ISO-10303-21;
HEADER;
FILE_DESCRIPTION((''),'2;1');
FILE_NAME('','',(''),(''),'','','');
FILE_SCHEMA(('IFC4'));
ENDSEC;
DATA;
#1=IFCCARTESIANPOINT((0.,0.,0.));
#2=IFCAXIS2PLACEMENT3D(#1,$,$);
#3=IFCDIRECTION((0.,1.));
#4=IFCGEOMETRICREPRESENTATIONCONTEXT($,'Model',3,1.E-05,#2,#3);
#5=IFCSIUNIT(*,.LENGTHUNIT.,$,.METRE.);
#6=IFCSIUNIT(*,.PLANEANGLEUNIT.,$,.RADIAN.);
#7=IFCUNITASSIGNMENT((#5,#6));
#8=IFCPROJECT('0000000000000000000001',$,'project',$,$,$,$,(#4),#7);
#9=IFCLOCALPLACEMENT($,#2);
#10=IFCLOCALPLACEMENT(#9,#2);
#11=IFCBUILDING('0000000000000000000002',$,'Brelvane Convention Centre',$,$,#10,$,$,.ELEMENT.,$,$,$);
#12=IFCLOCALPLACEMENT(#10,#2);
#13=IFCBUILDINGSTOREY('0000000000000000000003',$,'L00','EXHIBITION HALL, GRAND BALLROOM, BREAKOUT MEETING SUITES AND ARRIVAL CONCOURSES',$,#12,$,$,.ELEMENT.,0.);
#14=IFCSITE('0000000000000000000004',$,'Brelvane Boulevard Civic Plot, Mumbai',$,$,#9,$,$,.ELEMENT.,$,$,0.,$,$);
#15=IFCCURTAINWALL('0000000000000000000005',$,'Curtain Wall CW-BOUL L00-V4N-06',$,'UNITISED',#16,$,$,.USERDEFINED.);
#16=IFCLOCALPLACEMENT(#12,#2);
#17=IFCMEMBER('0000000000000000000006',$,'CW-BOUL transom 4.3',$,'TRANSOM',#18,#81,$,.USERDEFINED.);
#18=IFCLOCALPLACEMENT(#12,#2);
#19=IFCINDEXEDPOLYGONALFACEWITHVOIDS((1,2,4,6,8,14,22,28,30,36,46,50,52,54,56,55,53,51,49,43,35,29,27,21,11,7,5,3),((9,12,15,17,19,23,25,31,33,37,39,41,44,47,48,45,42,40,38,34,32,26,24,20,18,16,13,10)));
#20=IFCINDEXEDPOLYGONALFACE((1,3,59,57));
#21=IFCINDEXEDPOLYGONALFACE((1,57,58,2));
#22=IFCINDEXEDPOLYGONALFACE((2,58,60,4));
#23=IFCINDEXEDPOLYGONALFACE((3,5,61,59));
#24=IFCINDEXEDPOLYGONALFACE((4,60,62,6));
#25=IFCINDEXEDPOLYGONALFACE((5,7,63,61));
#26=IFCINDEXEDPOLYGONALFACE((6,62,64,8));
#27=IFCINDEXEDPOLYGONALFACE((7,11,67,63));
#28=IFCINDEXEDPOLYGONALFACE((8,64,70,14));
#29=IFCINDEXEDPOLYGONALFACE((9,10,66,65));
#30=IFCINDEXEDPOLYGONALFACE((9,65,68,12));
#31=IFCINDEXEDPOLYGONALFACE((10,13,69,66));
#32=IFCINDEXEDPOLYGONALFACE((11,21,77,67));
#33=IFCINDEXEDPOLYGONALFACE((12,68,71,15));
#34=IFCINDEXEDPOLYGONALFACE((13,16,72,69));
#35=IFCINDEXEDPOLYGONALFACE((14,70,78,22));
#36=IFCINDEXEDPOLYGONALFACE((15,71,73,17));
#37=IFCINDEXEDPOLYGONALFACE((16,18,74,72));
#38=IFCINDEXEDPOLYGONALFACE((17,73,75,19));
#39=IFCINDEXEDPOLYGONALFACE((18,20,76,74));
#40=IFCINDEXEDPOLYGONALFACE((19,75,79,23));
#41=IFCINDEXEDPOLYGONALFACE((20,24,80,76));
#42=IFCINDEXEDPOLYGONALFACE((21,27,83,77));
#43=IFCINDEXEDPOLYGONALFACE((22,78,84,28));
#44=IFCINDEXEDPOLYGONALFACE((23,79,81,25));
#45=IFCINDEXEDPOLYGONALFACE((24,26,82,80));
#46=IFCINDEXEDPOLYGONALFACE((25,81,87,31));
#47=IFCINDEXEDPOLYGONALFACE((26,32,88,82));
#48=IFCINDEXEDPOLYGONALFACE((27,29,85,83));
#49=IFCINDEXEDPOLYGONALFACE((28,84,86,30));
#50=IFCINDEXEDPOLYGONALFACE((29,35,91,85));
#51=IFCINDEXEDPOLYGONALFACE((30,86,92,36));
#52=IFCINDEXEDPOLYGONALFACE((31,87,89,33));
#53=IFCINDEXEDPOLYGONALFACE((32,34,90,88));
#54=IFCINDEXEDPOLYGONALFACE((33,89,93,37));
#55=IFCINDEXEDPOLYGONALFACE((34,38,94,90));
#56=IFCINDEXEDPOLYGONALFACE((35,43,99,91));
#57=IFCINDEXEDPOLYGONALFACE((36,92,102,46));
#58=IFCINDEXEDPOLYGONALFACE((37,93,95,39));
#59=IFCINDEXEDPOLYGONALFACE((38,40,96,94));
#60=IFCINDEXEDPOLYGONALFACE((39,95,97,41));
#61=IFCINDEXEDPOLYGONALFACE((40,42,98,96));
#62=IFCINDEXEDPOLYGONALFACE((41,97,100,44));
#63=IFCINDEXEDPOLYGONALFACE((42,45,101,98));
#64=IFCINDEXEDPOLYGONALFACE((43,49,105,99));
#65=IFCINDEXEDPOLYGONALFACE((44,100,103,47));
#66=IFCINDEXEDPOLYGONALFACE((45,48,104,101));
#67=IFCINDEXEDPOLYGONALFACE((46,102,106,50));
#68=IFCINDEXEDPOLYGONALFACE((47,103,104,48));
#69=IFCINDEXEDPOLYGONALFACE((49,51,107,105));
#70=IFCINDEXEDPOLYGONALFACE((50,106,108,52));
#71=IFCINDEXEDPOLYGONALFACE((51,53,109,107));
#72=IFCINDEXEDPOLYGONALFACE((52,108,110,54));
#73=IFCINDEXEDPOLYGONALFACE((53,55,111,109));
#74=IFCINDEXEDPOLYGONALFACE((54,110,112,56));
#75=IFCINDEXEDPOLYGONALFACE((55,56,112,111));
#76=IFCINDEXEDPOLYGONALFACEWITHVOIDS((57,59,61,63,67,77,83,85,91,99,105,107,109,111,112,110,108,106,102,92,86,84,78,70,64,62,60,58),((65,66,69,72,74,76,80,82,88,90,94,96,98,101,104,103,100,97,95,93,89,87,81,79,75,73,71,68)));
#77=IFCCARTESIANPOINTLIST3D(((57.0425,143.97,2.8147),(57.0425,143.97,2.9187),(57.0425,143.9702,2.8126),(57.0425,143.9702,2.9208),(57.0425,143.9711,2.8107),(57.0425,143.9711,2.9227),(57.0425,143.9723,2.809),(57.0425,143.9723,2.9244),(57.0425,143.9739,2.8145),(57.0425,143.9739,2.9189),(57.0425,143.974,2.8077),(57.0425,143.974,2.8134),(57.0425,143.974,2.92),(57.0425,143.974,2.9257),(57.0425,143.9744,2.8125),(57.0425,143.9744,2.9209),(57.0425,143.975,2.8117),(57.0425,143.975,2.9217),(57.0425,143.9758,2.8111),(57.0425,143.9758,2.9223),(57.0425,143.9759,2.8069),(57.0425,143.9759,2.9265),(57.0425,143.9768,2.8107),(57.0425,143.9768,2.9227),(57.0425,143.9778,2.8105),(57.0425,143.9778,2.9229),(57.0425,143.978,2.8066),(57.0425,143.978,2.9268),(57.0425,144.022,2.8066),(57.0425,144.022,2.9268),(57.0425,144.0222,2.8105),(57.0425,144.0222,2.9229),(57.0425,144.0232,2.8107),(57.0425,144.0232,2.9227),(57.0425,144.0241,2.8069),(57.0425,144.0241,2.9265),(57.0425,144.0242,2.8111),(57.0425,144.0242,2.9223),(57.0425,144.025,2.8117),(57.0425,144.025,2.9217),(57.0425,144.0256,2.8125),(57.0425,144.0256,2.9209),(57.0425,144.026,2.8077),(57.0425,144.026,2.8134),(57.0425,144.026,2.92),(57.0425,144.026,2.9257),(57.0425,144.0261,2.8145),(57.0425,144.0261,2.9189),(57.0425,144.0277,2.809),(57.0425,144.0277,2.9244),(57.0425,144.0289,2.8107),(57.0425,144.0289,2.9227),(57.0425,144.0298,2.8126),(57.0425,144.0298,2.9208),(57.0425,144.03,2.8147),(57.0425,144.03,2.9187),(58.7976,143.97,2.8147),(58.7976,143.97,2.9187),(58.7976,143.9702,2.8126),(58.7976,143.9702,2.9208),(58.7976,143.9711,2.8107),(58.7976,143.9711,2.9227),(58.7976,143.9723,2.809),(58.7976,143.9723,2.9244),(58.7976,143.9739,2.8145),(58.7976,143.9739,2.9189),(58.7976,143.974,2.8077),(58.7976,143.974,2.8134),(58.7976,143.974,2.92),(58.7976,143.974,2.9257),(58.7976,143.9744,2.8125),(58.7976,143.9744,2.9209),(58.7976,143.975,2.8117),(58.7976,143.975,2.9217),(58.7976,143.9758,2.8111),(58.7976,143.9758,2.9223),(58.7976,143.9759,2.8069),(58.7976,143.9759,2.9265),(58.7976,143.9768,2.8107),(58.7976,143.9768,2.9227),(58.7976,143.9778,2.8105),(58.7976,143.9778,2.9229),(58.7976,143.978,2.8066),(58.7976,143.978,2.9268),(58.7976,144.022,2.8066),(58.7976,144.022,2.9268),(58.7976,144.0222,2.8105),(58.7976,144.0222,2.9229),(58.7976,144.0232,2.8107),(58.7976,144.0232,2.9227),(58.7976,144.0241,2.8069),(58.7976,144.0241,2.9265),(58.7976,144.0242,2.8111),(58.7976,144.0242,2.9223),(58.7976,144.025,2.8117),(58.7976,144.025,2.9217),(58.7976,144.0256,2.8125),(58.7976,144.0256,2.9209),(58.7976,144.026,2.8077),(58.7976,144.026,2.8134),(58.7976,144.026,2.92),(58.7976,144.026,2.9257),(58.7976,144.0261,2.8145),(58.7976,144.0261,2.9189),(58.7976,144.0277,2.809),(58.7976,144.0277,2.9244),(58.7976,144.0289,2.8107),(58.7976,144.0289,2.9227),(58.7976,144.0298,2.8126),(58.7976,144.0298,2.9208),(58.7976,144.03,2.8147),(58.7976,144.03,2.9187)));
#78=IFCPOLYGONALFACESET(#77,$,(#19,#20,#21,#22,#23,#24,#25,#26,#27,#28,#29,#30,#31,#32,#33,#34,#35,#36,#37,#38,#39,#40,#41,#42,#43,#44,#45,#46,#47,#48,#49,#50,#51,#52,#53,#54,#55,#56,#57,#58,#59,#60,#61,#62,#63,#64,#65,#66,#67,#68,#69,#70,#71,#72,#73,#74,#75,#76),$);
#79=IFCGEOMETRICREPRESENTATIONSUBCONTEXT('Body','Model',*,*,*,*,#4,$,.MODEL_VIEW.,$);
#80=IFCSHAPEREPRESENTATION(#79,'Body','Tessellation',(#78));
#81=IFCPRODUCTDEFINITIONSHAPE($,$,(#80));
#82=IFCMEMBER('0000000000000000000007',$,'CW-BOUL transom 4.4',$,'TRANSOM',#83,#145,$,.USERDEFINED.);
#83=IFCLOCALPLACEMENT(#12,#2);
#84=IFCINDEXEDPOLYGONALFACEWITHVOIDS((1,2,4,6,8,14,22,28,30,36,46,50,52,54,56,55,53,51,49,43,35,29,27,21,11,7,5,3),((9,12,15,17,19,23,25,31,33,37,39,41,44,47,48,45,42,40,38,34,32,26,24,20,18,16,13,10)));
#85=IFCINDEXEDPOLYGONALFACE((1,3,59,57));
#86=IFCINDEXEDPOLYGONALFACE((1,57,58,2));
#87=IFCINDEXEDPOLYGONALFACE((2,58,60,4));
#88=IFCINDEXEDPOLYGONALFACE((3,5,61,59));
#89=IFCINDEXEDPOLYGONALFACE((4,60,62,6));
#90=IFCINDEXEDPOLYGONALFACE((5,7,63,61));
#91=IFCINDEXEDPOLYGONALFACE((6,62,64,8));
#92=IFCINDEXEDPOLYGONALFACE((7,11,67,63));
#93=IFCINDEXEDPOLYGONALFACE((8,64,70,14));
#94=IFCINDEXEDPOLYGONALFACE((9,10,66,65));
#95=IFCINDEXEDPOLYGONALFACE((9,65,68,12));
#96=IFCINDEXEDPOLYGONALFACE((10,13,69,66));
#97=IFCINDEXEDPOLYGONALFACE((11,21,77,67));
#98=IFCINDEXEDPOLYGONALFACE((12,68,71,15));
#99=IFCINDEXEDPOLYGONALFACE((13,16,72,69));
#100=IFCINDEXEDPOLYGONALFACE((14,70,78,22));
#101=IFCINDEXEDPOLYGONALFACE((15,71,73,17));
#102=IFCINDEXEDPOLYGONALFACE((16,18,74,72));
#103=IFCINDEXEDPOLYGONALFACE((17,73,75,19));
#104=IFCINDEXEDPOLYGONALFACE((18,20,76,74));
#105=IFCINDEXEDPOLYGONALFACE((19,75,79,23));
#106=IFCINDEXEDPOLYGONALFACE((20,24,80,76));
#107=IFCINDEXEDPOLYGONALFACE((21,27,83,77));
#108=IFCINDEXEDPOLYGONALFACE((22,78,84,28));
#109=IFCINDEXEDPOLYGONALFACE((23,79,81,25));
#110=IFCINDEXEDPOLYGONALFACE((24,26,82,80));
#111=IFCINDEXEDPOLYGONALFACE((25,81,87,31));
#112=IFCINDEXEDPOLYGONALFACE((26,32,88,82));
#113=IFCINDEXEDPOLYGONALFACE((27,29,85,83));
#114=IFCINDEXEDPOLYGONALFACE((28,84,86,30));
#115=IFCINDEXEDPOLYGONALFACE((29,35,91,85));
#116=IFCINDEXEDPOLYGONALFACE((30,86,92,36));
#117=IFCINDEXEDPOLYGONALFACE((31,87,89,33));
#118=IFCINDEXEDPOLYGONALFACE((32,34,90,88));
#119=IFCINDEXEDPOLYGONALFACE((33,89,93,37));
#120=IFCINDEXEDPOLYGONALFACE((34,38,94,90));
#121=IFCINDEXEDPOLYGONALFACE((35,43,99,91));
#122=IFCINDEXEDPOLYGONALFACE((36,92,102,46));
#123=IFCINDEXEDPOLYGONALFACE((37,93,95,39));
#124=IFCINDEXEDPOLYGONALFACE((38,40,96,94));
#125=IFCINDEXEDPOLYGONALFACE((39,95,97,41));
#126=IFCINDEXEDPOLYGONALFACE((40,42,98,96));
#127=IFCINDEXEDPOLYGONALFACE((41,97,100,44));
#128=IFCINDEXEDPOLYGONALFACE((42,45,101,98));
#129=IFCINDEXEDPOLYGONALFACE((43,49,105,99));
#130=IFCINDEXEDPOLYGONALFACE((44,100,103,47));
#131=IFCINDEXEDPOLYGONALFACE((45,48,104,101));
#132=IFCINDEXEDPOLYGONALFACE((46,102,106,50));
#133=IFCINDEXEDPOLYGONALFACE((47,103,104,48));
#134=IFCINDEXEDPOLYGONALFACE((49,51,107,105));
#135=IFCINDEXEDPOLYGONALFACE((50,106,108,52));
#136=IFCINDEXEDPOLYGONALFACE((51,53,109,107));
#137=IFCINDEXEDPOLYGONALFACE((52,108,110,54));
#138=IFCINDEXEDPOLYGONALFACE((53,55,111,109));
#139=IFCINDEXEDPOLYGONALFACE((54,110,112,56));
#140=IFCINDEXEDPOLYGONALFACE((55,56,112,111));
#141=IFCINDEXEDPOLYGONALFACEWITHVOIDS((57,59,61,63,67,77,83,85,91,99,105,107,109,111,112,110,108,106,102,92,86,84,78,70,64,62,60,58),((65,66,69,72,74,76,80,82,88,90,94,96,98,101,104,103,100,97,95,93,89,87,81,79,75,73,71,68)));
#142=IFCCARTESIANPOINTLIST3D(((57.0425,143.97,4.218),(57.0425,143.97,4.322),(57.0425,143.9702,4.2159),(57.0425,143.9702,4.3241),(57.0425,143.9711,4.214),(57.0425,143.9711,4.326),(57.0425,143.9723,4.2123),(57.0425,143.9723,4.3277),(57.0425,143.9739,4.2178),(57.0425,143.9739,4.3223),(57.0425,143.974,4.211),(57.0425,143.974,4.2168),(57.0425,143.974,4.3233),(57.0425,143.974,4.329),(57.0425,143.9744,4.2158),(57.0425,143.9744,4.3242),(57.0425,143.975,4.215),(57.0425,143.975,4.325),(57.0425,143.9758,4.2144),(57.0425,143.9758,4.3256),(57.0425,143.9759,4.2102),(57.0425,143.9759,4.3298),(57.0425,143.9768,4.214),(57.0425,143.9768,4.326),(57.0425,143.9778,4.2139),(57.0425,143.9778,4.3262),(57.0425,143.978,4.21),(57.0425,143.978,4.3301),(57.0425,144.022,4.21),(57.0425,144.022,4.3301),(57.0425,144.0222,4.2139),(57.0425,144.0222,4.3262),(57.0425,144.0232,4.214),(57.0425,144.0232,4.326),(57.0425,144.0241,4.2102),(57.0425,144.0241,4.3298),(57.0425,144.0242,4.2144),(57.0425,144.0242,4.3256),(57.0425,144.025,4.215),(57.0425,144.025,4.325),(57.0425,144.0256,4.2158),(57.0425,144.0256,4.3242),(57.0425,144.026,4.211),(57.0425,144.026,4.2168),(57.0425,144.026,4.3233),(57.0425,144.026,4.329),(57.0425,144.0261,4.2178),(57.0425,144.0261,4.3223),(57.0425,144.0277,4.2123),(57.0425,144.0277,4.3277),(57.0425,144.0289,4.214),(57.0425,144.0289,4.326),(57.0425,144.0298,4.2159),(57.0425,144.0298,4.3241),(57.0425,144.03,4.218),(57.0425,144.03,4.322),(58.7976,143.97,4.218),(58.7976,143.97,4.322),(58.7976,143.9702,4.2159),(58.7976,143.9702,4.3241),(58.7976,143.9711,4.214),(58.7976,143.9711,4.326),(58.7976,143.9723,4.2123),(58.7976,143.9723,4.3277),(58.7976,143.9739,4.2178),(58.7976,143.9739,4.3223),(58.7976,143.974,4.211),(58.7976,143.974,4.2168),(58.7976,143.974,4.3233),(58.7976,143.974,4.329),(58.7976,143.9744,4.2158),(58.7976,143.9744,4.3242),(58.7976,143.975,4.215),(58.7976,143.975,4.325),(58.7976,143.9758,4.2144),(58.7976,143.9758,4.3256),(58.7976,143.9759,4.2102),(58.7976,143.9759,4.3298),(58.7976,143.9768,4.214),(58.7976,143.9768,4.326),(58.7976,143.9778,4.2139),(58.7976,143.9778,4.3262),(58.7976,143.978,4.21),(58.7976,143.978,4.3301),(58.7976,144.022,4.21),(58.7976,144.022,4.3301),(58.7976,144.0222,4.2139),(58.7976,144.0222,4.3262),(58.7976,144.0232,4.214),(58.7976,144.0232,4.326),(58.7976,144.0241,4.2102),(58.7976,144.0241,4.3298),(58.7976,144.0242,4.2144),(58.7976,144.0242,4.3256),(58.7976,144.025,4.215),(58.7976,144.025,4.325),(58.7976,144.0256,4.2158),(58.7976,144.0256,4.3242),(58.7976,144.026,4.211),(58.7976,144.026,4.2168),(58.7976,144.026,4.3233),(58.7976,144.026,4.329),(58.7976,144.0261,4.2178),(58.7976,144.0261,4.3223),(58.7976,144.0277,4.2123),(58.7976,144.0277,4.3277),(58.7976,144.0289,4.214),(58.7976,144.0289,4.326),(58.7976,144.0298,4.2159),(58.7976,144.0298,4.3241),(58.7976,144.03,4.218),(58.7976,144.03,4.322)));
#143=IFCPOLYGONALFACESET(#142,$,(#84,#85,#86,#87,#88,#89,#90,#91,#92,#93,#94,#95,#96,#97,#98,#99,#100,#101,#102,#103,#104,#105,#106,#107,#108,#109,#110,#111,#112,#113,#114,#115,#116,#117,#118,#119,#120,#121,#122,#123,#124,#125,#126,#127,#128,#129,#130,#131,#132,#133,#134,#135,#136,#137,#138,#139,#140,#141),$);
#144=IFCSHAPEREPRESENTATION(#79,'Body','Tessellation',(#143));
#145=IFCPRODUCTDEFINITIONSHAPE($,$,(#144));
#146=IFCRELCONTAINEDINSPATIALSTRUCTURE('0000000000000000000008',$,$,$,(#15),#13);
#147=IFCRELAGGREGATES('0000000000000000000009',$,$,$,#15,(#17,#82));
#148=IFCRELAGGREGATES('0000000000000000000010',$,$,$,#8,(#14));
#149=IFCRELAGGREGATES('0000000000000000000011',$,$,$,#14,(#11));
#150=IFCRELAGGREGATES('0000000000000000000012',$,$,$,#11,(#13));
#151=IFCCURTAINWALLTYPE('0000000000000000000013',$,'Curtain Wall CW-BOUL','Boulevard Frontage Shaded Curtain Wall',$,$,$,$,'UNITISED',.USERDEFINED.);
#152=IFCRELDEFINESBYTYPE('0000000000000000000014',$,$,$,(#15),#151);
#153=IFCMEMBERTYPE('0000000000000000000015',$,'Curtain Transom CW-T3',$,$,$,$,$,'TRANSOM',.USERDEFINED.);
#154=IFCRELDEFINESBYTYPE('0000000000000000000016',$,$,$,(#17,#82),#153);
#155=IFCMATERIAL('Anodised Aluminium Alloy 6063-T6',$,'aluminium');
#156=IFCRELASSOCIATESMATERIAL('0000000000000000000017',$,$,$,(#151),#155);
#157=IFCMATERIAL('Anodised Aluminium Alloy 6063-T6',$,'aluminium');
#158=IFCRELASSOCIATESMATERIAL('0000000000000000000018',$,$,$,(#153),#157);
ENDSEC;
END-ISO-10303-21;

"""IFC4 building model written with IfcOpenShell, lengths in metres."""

from ifc_helpers import new_model, si_unit, direction, frame, origin, origin_2d, place, context, subcontext, project, spatial, hollow_rectangle, extrude, material, material_profile, profile_set, type_object, element, aggregate, save


model = new_model("IFC4")

# Units and contexts
model_context = context("Model", 3, precision=1e-05, world=origin(), true_north=direction((0.0, 1.0)))
body_context = subcontext(model_context, "Body", "Model", "MODEL_VIEW")
ifc_project = project(units=[si_unit("LENGTHUNIT", "METRE"), si_unit("PLANEANGLEUNIT", "RADIAN")], contexts=[model_context])

# Site, building, storey
site_placement = place(None, origin())
site = spatial("IfcSite", under=ifc_project, at=site_placement, Name="Brelvane Boulevard Civic Plot, Mumbai", CompositionType="ELEMENT", RefElevation=0.0)
building_placement = place(site_placement, origin())
building = spatial("IfcBuilding", under=site, at=building_placement, Name="Brelvane Convention Centre", CompositionType="ELEMENT")
storey_placement = place(building_placement, origin())
storey = spatial("IfcBuildingStorey", under=building, at=storey_placement, Name="L00", Description="EXHIBITION HALL, GRAND BALLROOM, BREAKOUT MEETING SUITES AND ARRIVAL CONCOURSES", CompositionType="ELEMENT", Elevation=0.0)

# Curtain wall, members
ifc_material_1 = material(Name="Anodised Aluminium Alloy 6063-T6", Category="aluminium")
curtain_wall_type = type_object("IfcCurtainWallType", Name="Curtain Wall CW-BOUL", Description="Boulevard Frontage Shaded Curtain Wall", ElementType="UNITISED", PredefinedType="USERDEFINED", material=ifc_material_1)
curtain_wall_placement = place(storey_placement, origin())
curtain_wall = element("IfcCurtainWall", 1, at=curtain_wall_placement, inside=storey, type_object=curtain_wall_type, Name="Curtain Wall CW-BOUL L00-V4N-06", ObjectType="UNITISED", PredefinedType="USERDEFINED")
ifc_material_2 = material(Name="Anodised Aluminium Alloy 6063-T6", Category="aluminium")
ifc_material_profile_1 = material_profile(ifc_material_2, hollow_rectangle(XDim=0.0601, YDim=0.1201, WallThickness=0.0039, InnerFilletRadius=0.0039, OuterFilletRadius=0.0081, at=origin_2d()), Name="ALU-T 120x60x4.0")
ifc_profile_set_1 = profile_set([ifc_material_profile_1], Name="Anodised Aluminium Alloy 6063-T6")
member_type_1 = type_object("IfcMemberType", Name="Curtain Transom CW-T3", ElementType="TRANSOM", PredefinedType="USERDEFINED", material=ifc_profile_set_1)
member_1_placement = place(storey_placement, frame((57.0425, 144.0, 2.8667), z_axis=(1.0, 0.0, 0.0), x_axis=(0.0, 1.0, 0.0)))
member_1 = element("IfcMember", 2, at=member_1_placement, type_object=member_type_1, Name="CW-BOUL transom 4.3", ObjectType="TRANSOM", PredefinedType="USERDEFINED", context=body_context, shape_type="SweptSolid", body=[
    extrude(hollow_rectangle(XDim=0.0601, YDim=0.1201, WallThickness=0.0039, InnerFilletRadius=0.0039, OuterFilletRadius=0.0081, at=origin_2d()), origin(), (0.0, 0.0, 1.0), 1.7551),
])
member_2_placement = place(storey_placement, frame((57.0425, 144.0, 4.27), z_axis=(1.0, 0.0, 0.0), x_axis=(0.0, 1.0, 0.0)))
member_2 = element("IfcMember", 3, at=member_2_placement, type_object=member_type_1, Name="CW-BOUL transom 4.4", ObjectType="TRANSOM", PredefinedType="USERDEFINED", context=body_context, shape_type="SweptSolid", body=[
    extrude(hollow_rectangle(XDim=0.0601, YDim=0.1201, WallThickness=0.0039, InnerFilletRadius=0.0039, OuterFilletRadius=0.0081, at=origin_2d()), origin(), (0.0, 0.0, 1.0), 1.7551),
])

aggregate(curtain_wall, [member_1, member_2])

save(model, "model.ifc")
